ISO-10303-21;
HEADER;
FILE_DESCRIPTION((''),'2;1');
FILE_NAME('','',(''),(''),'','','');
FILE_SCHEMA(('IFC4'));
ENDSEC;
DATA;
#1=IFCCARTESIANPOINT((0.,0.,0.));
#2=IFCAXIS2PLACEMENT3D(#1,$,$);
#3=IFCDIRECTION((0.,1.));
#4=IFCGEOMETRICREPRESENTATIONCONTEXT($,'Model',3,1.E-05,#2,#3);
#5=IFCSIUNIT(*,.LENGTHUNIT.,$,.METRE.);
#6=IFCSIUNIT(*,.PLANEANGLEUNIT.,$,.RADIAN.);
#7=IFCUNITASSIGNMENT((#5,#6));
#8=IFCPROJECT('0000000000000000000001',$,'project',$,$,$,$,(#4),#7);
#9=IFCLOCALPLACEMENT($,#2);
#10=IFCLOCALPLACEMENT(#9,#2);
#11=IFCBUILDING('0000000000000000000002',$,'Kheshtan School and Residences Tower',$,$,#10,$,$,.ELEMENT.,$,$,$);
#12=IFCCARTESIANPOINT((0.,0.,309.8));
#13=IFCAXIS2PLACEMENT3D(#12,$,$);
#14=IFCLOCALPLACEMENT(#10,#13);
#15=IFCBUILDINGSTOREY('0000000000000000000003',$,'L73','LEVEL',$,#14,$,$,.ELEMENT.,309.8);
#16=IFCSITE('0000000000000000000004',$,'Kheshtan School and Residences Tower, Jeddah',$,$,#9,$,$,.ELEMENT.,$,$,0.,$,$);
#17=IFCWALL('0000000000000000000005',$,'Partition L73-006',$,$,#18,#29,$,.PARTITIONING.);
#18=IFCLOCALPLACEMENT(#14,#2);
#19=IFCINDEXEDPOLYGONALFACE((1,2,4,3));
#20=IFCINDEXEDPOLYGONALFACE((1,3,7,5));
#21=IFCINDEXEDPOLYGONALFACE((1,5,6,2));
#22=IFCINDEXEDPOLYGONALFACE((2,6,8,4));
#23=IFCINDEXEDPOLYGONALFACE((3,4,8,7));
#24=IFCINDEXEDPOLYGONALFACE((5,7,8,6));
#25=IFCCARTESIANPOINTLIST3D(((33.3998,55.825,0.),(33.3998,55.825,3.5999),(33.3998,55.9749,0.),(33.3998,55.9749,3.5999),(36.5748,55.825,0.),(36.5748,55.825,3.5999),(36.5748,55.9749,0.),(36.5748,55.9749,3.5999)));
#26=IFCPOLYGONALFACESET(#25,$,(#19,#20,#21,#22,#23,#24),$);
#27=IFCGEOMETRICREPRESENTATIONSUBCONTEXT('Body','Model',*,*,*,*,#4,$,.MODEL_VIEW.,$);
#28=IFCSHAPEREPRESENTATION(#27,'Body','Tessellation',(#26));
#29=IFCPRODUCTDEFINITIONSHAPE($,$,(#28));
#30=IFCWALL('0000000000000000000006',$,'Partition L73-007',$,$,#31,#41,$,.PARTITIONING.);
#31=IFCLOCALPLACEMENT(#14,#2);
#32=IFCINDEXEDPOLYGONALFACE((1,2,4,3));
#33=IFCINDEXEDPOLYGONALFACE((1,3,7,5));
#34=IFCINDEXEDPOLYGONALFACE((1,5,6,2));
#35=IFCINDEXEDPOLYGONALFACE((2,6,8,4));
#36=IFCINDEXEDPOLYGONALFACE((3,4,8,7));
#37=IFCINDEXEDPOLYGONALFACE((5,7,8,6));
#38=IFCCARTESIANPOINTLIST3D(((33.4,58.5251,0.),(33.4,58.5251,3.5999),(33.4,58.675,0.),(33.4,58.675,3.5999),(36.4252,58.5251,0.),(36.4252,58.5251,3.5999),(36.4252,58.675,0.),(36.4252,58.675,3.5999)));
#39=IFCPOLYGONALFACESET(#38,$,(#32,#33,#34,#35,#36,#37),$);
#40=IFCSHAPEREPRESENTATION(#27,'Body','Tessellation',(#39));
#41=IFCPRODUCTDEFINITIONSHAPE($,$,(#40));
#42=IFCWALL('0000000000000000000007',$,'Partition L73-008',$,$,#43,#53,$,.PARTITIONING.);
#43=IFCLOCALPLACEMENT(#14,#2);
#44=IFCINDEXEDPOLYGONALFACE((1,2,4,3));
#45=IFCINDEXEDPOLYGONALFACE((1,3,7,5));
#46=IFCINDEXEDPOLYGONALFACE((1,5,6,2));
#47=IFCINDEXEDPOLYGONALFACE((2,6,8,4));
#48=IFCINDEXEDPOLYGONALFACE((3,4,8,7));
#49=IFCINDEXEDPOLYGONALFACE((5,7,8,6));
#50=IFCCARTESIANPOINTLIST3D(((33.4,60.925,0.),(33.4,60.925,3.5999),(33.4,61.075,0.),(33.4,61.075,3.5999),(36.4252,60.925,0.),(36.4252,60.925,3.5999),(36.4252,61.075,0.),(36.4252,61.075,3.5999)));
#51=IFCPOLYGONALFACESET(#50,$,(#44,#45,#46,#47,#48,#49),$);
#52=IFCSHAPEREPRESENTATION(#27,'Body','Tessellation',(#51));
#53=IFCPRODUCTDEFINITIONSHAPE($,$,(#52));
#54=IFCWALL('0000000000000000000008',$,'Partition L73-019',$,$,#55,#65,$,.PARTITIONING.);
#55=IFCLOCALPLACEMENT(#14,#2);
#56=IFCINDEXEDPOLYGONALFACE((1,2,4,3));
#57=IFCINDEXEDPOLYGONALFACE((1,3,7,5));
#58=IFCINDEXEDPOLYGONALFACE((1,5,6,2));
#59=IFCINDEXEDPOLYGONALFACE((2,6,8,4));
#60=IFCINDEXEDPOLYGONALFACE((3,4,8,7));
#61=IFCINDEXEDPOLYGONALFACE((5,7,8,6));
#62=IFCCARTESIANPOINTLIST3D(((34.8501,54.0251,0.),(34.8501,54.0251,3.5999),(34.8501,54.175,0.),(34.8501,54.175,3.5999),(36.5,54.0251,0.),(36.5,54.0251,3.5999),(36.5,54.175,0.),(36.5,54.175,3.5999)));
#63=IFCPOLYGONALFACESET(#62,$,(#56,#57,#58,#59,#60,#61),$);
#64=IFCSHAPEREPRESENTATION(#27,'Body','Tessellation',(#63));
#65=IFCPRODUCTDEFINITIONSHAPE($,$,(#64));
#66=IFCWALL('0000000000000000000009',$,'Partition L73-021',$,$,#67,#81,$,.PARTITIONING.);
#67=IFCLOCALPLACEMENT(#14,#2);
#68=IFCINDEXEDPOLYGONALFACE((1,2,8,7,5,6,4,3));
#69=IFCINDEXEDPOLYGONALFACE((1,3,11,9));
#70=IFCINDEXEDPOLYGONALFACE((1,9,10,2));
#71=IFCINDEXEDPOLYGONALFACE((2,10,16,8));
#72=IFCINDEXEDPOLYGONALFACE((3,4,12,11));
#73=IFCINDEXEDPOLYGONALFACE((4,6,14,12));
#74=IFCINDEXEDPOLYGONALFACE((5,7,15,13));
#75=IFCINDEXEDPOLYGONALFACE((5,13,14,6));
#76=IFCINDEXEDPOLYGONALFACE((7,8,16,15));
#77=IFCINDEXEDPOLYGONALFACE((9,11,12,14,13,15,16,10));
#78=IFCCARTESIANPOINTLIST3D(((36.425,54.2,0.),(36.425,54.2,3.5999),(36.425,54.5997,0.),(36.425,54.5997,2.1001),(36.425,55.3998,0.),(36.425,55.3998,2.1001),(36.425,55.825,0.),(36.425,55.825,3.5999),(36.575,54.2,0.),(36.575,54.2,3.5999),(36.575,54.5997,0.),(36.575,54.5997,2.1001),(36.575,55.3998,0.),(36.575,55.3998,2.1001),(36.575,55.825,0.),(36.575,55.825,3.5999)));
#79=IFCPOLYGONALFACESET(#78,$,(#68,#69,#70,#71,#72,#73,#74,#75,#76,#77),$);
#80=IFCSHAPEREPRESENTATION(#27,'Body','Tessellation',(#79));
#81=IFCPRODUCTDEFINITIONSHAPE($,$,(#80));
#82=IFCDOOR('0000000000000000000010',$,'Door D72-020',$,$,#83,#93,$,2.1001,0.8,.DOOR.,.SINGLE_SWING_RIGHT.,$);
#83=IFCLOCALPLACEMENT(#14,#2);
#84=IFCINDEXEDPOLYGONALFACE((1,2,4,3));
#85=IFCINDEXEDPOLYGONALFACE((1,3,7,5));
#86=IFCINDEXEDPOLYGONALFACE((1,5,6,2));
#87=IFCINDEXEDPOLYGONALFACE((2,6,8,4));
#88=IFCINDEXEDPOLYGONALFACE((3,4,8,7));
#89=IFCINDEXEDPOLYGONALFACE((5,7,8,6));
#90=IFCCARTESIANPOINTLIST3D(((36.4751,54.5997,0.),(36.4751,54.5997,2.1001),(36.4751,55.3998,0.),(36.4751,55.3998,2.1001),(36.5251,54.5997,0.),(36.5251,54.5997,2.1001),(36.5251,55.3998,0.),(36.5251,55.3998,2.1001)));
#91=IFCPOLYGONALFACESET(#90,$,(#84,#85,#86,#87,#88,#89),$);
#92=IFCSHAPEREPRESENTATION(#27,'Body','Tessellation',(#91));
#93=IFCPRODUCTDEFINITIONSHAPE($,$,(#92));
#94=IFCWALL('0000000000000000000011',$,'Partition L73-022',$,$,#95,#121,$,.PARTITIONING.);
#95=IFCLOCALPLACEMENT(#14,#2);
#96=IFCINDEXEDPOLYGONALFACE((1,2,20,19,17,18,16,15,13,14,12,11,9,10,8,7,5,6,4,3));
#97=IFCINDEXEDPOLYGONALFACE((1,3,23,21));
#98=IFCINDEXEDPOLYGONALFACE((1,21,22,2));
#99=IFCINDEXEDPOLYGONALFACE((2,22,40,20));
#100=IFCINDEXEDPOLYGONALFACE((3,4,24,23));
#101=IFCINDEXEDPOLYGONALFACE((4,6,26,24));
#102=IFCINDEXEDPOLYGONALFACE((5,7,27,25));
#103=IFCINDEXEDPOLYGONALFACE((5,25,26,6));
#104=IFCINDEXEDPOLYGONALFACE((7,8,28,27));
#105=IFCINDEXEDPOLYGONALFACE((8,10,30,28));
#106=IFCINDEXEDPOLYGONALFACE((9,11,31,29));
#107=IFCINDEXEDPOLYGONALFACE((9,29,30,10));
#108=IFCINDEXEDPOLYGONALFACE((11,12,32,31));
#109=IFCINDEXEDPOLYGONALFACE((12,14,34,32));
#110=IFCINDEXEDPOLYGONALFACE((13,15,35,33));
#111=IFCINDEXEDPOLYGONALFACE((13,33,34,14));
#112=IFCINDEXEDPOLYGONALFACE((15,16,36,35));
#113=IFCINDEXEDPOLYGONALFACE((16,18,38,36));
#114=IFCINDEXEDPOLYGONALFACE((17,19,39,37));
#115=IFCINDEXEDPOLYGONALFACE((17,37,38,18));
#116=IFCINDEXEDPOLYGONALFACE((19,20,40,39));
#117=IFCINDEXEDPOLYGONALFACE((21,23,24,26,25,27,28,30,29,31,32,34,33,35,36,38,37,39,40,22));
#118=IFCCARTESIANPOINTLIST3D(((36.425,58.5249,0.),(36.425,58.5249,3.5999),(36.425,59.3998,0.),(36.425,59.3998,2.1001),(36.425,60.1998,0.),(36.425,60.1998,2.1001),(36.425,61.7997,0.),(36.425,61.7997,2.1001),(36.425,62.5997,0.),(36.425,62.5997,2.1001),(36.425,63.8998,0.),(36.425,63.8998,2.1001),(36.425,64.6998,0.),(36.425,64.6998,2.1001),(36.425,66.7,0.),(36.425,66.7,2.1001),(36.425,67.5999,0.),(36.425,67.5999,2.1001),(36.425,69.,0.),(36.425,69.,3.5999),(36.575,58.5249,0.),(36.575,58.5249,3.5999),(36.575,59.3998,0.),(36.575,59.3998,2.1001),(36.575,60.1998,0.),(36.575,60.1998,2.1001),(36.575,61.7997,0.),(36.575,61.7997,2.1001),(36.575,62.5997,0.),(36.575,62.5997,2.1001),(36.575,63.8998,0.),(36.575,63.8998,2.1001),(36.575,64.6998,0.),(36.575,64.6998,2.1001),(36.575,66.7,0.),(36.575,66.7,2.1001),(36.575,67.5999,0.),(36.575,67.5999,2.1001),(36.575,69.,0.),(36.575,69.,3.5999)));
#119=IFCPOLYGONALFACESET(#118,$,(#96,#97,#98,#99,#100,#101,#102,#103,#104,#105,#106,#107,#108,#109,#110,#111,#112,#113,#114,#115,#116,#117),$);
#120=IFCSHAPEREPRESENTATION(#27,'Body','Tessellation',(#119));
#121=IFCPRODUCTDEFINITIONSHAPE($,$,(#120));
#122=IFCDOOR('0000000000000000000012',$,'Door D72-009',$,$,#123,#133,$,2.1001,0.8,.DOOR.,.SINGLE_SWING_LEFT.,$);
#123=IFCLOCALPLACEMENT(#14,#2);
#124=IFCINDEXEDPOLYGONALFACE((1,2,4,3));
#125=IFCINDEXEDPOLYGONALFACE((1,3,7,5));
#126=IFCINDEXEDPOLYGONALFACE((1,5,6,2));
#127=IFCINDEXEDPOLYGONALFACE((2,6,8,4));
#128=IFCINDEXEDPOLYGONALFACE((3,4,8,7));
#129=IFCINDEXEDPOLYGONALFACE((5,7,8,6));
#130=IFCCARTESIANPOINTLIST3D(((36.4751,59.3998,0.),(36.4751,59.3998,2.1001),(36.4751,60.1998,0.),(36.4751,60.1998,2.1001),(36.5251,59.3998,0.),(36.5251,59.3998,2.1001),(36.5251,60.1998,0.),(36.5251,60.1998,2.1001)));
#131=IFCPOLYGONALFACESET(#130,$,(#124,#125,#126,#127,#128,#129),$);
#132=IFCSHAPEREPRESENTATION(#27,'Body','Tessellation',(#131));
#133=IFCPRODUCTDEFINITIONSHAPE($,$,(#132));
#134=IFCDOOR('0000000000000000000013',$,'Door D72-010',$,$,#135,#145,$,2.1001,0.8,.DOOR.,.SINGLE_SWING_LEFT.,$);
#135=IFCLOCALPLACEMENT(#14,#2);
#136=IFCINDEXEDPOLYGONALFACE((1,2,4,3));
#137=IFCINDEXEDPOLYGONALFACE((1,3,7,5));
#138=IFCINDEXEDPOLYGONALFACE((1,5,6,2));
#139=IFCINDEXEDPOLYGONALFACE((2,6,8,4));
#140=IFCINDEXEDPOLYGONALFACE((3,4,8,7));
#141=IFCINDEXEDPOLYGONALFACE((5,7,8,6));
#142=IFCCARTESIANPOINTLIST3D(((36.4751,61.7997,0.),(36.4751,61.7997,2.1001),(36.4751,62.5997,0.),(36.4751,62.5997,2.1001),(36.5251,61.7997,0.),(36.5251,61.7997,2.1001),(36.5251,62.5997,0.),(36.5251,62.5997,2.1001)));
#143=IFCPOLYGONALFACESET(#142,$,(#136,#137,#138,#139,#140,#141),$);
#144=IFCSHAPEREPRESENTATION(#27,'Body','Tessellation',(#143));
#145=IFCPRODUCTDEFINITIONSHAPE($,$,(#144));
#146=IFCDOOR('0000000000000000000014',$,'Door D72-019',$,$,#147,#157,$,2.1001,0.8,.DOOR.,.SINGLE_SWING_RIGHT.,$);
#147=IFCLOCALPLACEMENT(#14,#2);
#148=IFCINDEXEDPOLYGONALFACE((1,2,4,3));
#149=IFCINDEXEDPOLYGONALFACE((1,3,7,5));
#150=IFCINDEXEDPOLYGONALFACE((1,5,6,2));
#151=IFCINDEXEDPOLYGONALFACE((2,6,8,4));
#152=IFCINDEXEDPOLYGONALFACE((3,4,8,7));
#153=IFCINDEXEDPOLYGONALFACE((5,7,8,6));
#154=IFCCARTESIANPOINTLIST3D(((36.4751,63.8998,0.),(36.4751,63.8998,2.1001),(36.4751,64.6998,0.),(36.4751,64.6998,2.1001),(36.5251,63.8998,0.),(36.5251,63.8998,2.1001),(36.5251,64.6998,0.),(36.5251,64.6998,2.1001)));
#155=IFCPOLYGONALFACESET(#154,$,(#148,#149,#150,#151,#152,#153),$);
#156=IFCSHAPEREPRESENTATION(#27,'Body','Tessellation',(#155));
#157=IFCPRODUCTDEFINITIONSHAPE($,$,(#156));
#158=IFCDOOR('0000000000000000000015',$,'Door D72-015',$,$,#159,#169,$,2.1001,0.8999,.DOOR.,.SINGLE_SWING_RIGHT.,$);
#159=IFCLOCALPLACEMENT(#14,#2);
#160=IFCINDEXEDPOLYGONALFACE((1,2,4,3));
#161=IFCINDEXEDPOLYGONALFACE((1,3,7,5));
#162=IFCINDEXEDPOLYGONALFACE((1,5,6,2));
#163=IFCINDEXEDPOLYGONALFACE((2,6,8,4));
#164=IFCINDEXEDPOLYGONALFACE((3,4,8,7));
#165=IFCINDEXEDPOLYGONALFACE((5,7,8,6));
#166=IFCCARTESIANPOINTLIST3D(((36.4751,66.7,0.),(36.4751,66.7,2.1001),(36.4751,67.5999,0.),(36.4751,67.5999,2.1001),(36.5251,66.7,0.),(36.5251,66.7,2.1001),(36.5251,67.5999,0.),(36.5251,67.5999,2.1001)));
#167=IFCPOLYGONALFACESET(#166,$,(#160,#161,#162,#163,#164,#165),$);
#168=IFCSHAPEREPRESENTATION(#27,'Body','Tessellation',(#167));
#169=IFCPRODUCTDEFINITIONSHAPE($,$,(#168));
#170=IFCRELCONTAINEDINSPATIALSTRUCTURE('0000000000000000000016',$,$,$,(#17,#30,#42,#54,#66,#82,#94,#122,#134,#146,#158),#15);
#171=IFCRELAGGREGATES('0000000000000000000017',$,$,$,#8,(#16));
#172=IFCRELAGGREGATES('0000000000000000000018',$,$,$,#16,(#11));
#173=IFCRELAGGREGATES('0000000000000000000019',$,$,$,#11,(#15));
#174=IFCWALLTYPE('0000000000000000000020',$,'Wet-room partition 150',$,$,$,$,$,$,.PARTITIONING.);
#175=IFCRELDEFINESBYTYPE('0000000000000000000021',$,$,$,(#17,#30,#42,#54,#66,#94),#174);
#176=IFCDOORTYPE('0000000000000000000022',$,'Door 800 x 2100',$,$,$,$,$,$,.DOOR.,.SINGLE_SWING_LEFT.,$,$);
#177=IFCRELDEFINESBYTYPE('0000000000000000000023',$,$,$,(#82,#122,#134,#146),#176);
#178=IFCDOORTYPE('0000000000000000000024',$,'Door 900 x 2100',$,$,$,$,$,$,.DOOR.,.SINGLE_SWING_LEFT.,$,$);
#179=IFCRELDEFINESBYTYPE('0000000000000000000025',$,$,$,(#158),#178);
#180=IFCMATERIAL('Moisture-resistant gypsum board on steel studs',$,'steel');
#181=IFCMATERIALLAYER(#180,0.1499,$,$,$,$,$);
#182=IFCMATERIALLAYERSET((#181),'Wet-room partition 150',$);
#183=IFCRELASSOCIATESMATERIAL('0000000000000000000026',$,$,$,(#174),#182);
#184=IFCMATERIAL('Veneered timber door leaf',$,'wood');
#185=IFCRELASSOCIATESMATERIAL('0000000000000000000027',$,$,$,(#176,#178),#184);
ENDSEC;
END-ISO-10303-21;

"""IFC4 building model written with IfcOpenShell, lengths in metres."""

from ifc_helpers import new_model, si_unit, direction, frame, frame_2d, origin, place, context, subcontext, project, spatial, rectangle, extrude, source, transform, mapped, material, layer, layer_set, type_object, element, fill, save


model = new_model("IFC4")

# Units and contexts
model_context = context("Model", 3, precision=1e-05, world=origin(), true_north=direction((0.0, 1.0)))
body_context = subcontext(model_context, "Body", "Model", "MODEL_VIEW")
ifc_project = project(units=[si_unit("LENGTHUNIT", "METRE"), si_unit("PLANEANGLEUNIT", "RADIAN")], contexts=[model_context])

# Site, building, storey
site_placement = place(None, origin())
site = spatial("IfcSite", under=ifc_project, at=site_placement, Name="Kheshtan School and Residences Tower, Jeddah", CompositionType="ELEMENT", RefElevation=0.0)
building_placement = place(site_placement, origin())
building = spatial("IfcBuilding", under=site, at=building_placement, Name="Kheshtan School and Residences Tower", CompositionType="ELEMENT")
storey_placement = place(building_placement, frame((0.0, 0.0, 309.8)))
storey = spatial("IfcBuildingStorey", under=building, at=storey_placement, Name="L73", Description="LEVEL", CompositionType="ELEMENT", Elevation=309.8)

# Walls
ifc_material_1 = material(Name="Moisture-resistant gypsum board on steel studs", Category="steel")
ifc_layer_1 = layer(ifc_material_1, 0.1499)
ifc_layer_set_1 = layer_set([ifc_layer_1], Name="Wet-room partition 150")
wall_type_1 = type_object("IfcWallType", Name="Wet-room partition 150", PredefinedType="PARTITIONING", material=ifc_layer_set_1)
wall_1_placement = place(storey_placement, frame((33.3999, 55.8999, 0.0), z_axis=(0.0, 0.0, 1.0), x_axis=(1.0, 0.0, 0.0)))
element("IfcWall", 1, at=wall_1_placement, inside=storey, type_object=wall_type_1, Name="Partition L73-006", PredefinedType="PARTITIONING", context=body_context, shape_type="SweptSolid", body=[
    extrude(rectangle(XDim=3.175, YDim=0.1499, at=frame_2d((1.5874, 0.0))), origin(), (0.0, 0.0, 1.0), 3.5999),
])
for number, where, z_axis, x_axis, name in (
    (2, (33.3999, 58.6001, 0.0), (0.0, 0.0, 1.0), (1.0, 0.0, 0.0), "Partition L73-007"),
    (3, (33.3999, 61.0, 0.0), (0.0, 0.0, 1.0), (1.0, 0.0, 0.0), "Partition L73-008"),
):
    element("IfcWall", number, at=place(storey_placement, frame(where, z_axis=z_axis, x_axis=x_axis)), inside=storey, type_object=wall_type_1, Name=name, PredefinedType="PARTITIONING", context=body_context, shape_type="SweptSolid", body=[
        extrude(rectangle(XDim=3.0251, YDim=0.1499, at=frame_2d((1.5127, 0.0))), origin(), (0.0, 0.0, 1.0), 3.5999),
    ])
wall_2_placement = place(storey_placement, frame((34.8501, 54.1001, 0.0), z_axis=(0.0, 0.0, 1.0), x_axis=(1.0, 0.0, 0.0)))
element("IfcWall", 4, at=wall_2_placement, inside=storey, type_object=wall_type_1, Name="Partition L73-019", PredefinedType="PARTITIONING", context=body_context, shape_type="SweptSolid", body=[
    extrude(rectangle(XDim=1.6499, YDim=0.1499, at=frame_2d((0.825, 0.0))), origin(), (0.0, 0.0, 1.0), 3.5999),
])

# Wall, opening, door
wall_3_placement = place(storey_placement, frame((36.5, 54.2, 0.0), z_axis=(0.0, 0.0, 1.0), x_axis=(0.0, 1.0, 0.0)))
wall_3 = element("IfcWall", 5, at=wall_3_placement, inside=storey, type_object=wall_type_1, Name="Partition L73-021", PredefinedType="PARTITIONING", context=body_context, shape_type="SweptSolid", body=[
    extrude(rectangle(XDim=1.625, YDim=0.1499, at=frame_2d((0.8125, 0.0))), origin(), (0.0, 0.0, 1.0), 3.5999),
])
opening_1_placement = place(wall_3_placement, frame((0.3999, 0.0, 0.0)))
opening_1 = element("IfcOpeningElement", 6, at=opening_1_placement, cuts=wall_3, PredefinedType="OPENING", context=body_context, shape_type="SweptSolid", body=[
    extrude(rectangle(XDim=0.8, YDim=2.1001, at=frame_2d((0.3999, 1.05))), frame((0.0, 0.085, 0.0), z_axis=(0.0, -1.0, 0.0), x_axis=(1.0, 0.0, 0.0)), (0.0, 0.0, 1.0), 0.1699),
])
ifc_material_2 = material(Name="Veneered timber door leaf", Category="wood")
door_type_1 = type_object("IfcDoorType", Name="Door 800 x 2100", OperationType="SINGLE_SWING_LEFT", PredefinedType="DOOR", material=ifc_material_2)
shared_shape_1 = source(origin(), body_context, "Body", "SweptSolid", [
    extrude(rectangle(XDim=0.8, YDim=2.1001, at=frame_2d((0.3999, 1.05))), frame((0.0, 0.0249, 0.0), z_axis=(0.0, -1.0, 0.0), x_axis=(1.0, 0.0, 0.0)), (0.0, 0.0, 1.0), 0.05),
])
door_1_placement = place(opening_1_placement, origin())
door_1 = element("IfcDoor", 7, at=door_1_placement, inside=storey, type_object=door_type_1, Name="Door D72-020", OperationType="SINGLE_SWING_RIGHT", OverallHeight=2.1001, OverallWidth=0.8, PredefinedType="DOOR", context=body_context, shape_type="MappedRepresentation", body=[
    mapped(shared_shape_1, transform((0.0, 0.0, 0.0), x_axis=(1.0, 0.0, 0.0), y_axis=(0.0, 1.0, 0.0), z_axis=(0.0, 0.0, 1.0), scale=1.0)),
])
fill(opening_1, door_1)

# Wall, openings, doors
wall_4_placement = place(storey_placement, frame((36.5, 58.5249, 0.0), z_axis=(0.0, 0.0, 1.0), x_axis=(0.0, 1.0, 0.0)))
wall_4 = element("IfcWall", 8, at=wall_4_placement, inside=storey, type_object=wall_type_1, Name="Partition L73-022", PredefinedType="PARTITIONING", context=body_context, shape_type="SweptSolid", body=[
    extrude(rectangle(XDim=10.4751, YDim=0.1499, at=frame_2d((5.2375, 0.0))), origin(), (0.0, 0.0, 1.0), 3.5999),
])
opening_2_placement = place(wall_4_placement, frame((0.875, 0.0, 0.0)))
opening_2 = element("IfcOpeningElement", 9, at=opening_2_placement, cuts=wall_4, PredefinedType="OPENING", context=body_context, shape_type="SweptSolid", body=[
    extrude(rectangle(XDim=0.8, YDim=2.1001, at=frame_2d((0.3999, 1.05))), frame((0.0, 0.085, 0.0), z_axis=(0.0, -1.0, 0.0), x_axis=(1.0, 0.0, 0.0)), (0.0, 0.0, 1.0), 0.1699),
])
opening_3_placement = place(wall_4_placement, frame((3.2749, 0.0, 0.0)))
opening_3 = element("IfcOpeningElement", 10, at=opening_3_placement, cuts=wall_4, PredefinedType="OPENING", context=body_context, shape_type="SweptSolid", body=[
    extrude(rectangle(XDim=0.8, YDim=2.1001, at=frame_2d((0.3999, 1.05))), frame((0.0, 0.085, 0.0), z_axis=(0.0, -1.0, 0.0), x_axis=(1.0, 0.0, 0.0)), (0.0, 0.0, 1.0), 0.1699),
])
opening_4_placement = place(wall_4_placement, frame((8.175, 0.0, 0.0)))
opening_4 = element("IfcOpeningElement", 11, at=opening_4_placement, cuts=wall_4, PredefinedType="OPENING", context=body_context, shape_type="SweptSolid", body=[
    extrude(rectangle(XDim=0.8999, YDim=2.1001, at=frame_2d((0.45, 1.05))), frame((0.0, 0.085, 0.0), z_axis=(0.0, -1.0, 0.0), x_axis=(1.0, 0.0, 0.0)), (0.0, 0.0, 1.0), 0.1699),
])
opening_5_placement = place(wall_4_placement, frame((5.375, 0.0, 0.0)))
opening_5 = element("IfcOpeningElement", 12, at=opening_5_placement, cuts=wall_4, PredefinedType="OPENING", context=body_context, shape_type="SweptSolid", body=[
    extrude(rectangle(XDim=0.8, YDim=2.1001, at=frame_2d((0.3999, 1.05))), frame((0.0, 0.085, 0.0), z_axis=(0.0, -1.0, 0.0), x_axis=(1.0, 0.0, 0.0)), (0.0, 0.0, 1.0), 0.1699),
])
door_2_placement = place(opening_2_placement, origin())
door_2 = element("IfcDoor", 13, at=door_2_placement, inside=storey, type_object=door_type_1, Name="Door D72-009", OperationType="SINGLE_SWING_LEFT", OverallHeight=2.1001, OverallWidth=0.8, PredefinedType="DOOR", context=body_context, shape_type="MappedRepresentation", body=[
    mapped(shared_shape_1, transform((0.0, 0.0, 0.0), x_axis=(1.0, 0.0, 0.0), y_axis=(0.0, 1.0, 0.0), z_axis=(0.0, 0.0, 1.0), scale=1.0)),
])
fill(opening_2, door_2)
door_3_placement = place(opening_3_placement, origin())
door_3 = element("IfcDoor", 14, at=door_3_placement, inside=storey, type_object=door_type_1, Name="Door D72-010", OperationType="SINGLE_SWING_LEFT", OverallHeight=2.1001, OverallWidth=0.8, PredefinedType="DOOR", context=body_context, shape_type="MappedRepresentation", body=[
    mapped(shared_shape_1, transform((0.0, 0.0, 0.0), x_axis=(1.0, 0.0, 0.0), y_axis=(0.0, 1.0, 0.0), z_axis=(0.0, 0.0, 1.0), scale=1.0)),
])
fill(opening_3, door_3)
door_4_placement = place(opening_5_placement, origin())
door_4 = element("IfcDoor", 15, at=door_4_placement, inside=storey, type_object=door_type_1, Name="Door D72-019", OperationType="SINGLE_SWING_RIGHT", OverallHeight=2.1001, OverallWidth=0.8, PredefinedType="DOOR", context=body_context, shape_type="MappedRepresentation", body=[
    mapped(shared_shape_1, transform((0.0, 0.0, 0.0), x_axis=(1.0, 0.0, 0.0), y_axis=(0.0, 1.0, 0.0), z_axis=(0.0, 0.0, 1.0), scale=1.0)),
])
fill(opening_5, door_4)
door_type_2 = type_object("IfcDoorType", Name="Door 900 x 2100", OperationType="SINGLE_SWING_LEFT", PredefinedType="DOOR", material=ifc_material_2)
shared_shape_2 = source(origin(), body_context, "Body", "SweptSolid", [
    extrude(rectangle(XDim=0.8999, YDim=2.1001, at=frame_2d((0.45, 1.05))), frame((0.0, 0.0249, 0.0), z_axis=(0.0, -1.0, 0.0), x_axis=(1.0, 0.0, 0.0)), (0.0, 0.0, 1.0), 0.05),
])
door_5_placement = place(opening_4_placement, origin())
door_5 = element("IfcDoor", 16, at=door_5_placement, inside=storey, type_object=door_type_2, Name="Door D72-015", OperationType="SINGLE_SWING_RIGHT", OverallHeight=2.1001, OverallWidth=0.8999, PredefinedType="DOOR", context=body_context, shape_type="MappedRepresentation", body=[
    mapped(shared_shape_2, transform((0.0, 0.0, 0.0), x_axis=(1.0, 0.0, 0.0), y_axis=(0.0, 1.0, 0.0), z_axis=(0.0, 0.0, 1.0), scale=1.0)),
])
fill(opening_4, door_5)

save(model, "model.ifc")
